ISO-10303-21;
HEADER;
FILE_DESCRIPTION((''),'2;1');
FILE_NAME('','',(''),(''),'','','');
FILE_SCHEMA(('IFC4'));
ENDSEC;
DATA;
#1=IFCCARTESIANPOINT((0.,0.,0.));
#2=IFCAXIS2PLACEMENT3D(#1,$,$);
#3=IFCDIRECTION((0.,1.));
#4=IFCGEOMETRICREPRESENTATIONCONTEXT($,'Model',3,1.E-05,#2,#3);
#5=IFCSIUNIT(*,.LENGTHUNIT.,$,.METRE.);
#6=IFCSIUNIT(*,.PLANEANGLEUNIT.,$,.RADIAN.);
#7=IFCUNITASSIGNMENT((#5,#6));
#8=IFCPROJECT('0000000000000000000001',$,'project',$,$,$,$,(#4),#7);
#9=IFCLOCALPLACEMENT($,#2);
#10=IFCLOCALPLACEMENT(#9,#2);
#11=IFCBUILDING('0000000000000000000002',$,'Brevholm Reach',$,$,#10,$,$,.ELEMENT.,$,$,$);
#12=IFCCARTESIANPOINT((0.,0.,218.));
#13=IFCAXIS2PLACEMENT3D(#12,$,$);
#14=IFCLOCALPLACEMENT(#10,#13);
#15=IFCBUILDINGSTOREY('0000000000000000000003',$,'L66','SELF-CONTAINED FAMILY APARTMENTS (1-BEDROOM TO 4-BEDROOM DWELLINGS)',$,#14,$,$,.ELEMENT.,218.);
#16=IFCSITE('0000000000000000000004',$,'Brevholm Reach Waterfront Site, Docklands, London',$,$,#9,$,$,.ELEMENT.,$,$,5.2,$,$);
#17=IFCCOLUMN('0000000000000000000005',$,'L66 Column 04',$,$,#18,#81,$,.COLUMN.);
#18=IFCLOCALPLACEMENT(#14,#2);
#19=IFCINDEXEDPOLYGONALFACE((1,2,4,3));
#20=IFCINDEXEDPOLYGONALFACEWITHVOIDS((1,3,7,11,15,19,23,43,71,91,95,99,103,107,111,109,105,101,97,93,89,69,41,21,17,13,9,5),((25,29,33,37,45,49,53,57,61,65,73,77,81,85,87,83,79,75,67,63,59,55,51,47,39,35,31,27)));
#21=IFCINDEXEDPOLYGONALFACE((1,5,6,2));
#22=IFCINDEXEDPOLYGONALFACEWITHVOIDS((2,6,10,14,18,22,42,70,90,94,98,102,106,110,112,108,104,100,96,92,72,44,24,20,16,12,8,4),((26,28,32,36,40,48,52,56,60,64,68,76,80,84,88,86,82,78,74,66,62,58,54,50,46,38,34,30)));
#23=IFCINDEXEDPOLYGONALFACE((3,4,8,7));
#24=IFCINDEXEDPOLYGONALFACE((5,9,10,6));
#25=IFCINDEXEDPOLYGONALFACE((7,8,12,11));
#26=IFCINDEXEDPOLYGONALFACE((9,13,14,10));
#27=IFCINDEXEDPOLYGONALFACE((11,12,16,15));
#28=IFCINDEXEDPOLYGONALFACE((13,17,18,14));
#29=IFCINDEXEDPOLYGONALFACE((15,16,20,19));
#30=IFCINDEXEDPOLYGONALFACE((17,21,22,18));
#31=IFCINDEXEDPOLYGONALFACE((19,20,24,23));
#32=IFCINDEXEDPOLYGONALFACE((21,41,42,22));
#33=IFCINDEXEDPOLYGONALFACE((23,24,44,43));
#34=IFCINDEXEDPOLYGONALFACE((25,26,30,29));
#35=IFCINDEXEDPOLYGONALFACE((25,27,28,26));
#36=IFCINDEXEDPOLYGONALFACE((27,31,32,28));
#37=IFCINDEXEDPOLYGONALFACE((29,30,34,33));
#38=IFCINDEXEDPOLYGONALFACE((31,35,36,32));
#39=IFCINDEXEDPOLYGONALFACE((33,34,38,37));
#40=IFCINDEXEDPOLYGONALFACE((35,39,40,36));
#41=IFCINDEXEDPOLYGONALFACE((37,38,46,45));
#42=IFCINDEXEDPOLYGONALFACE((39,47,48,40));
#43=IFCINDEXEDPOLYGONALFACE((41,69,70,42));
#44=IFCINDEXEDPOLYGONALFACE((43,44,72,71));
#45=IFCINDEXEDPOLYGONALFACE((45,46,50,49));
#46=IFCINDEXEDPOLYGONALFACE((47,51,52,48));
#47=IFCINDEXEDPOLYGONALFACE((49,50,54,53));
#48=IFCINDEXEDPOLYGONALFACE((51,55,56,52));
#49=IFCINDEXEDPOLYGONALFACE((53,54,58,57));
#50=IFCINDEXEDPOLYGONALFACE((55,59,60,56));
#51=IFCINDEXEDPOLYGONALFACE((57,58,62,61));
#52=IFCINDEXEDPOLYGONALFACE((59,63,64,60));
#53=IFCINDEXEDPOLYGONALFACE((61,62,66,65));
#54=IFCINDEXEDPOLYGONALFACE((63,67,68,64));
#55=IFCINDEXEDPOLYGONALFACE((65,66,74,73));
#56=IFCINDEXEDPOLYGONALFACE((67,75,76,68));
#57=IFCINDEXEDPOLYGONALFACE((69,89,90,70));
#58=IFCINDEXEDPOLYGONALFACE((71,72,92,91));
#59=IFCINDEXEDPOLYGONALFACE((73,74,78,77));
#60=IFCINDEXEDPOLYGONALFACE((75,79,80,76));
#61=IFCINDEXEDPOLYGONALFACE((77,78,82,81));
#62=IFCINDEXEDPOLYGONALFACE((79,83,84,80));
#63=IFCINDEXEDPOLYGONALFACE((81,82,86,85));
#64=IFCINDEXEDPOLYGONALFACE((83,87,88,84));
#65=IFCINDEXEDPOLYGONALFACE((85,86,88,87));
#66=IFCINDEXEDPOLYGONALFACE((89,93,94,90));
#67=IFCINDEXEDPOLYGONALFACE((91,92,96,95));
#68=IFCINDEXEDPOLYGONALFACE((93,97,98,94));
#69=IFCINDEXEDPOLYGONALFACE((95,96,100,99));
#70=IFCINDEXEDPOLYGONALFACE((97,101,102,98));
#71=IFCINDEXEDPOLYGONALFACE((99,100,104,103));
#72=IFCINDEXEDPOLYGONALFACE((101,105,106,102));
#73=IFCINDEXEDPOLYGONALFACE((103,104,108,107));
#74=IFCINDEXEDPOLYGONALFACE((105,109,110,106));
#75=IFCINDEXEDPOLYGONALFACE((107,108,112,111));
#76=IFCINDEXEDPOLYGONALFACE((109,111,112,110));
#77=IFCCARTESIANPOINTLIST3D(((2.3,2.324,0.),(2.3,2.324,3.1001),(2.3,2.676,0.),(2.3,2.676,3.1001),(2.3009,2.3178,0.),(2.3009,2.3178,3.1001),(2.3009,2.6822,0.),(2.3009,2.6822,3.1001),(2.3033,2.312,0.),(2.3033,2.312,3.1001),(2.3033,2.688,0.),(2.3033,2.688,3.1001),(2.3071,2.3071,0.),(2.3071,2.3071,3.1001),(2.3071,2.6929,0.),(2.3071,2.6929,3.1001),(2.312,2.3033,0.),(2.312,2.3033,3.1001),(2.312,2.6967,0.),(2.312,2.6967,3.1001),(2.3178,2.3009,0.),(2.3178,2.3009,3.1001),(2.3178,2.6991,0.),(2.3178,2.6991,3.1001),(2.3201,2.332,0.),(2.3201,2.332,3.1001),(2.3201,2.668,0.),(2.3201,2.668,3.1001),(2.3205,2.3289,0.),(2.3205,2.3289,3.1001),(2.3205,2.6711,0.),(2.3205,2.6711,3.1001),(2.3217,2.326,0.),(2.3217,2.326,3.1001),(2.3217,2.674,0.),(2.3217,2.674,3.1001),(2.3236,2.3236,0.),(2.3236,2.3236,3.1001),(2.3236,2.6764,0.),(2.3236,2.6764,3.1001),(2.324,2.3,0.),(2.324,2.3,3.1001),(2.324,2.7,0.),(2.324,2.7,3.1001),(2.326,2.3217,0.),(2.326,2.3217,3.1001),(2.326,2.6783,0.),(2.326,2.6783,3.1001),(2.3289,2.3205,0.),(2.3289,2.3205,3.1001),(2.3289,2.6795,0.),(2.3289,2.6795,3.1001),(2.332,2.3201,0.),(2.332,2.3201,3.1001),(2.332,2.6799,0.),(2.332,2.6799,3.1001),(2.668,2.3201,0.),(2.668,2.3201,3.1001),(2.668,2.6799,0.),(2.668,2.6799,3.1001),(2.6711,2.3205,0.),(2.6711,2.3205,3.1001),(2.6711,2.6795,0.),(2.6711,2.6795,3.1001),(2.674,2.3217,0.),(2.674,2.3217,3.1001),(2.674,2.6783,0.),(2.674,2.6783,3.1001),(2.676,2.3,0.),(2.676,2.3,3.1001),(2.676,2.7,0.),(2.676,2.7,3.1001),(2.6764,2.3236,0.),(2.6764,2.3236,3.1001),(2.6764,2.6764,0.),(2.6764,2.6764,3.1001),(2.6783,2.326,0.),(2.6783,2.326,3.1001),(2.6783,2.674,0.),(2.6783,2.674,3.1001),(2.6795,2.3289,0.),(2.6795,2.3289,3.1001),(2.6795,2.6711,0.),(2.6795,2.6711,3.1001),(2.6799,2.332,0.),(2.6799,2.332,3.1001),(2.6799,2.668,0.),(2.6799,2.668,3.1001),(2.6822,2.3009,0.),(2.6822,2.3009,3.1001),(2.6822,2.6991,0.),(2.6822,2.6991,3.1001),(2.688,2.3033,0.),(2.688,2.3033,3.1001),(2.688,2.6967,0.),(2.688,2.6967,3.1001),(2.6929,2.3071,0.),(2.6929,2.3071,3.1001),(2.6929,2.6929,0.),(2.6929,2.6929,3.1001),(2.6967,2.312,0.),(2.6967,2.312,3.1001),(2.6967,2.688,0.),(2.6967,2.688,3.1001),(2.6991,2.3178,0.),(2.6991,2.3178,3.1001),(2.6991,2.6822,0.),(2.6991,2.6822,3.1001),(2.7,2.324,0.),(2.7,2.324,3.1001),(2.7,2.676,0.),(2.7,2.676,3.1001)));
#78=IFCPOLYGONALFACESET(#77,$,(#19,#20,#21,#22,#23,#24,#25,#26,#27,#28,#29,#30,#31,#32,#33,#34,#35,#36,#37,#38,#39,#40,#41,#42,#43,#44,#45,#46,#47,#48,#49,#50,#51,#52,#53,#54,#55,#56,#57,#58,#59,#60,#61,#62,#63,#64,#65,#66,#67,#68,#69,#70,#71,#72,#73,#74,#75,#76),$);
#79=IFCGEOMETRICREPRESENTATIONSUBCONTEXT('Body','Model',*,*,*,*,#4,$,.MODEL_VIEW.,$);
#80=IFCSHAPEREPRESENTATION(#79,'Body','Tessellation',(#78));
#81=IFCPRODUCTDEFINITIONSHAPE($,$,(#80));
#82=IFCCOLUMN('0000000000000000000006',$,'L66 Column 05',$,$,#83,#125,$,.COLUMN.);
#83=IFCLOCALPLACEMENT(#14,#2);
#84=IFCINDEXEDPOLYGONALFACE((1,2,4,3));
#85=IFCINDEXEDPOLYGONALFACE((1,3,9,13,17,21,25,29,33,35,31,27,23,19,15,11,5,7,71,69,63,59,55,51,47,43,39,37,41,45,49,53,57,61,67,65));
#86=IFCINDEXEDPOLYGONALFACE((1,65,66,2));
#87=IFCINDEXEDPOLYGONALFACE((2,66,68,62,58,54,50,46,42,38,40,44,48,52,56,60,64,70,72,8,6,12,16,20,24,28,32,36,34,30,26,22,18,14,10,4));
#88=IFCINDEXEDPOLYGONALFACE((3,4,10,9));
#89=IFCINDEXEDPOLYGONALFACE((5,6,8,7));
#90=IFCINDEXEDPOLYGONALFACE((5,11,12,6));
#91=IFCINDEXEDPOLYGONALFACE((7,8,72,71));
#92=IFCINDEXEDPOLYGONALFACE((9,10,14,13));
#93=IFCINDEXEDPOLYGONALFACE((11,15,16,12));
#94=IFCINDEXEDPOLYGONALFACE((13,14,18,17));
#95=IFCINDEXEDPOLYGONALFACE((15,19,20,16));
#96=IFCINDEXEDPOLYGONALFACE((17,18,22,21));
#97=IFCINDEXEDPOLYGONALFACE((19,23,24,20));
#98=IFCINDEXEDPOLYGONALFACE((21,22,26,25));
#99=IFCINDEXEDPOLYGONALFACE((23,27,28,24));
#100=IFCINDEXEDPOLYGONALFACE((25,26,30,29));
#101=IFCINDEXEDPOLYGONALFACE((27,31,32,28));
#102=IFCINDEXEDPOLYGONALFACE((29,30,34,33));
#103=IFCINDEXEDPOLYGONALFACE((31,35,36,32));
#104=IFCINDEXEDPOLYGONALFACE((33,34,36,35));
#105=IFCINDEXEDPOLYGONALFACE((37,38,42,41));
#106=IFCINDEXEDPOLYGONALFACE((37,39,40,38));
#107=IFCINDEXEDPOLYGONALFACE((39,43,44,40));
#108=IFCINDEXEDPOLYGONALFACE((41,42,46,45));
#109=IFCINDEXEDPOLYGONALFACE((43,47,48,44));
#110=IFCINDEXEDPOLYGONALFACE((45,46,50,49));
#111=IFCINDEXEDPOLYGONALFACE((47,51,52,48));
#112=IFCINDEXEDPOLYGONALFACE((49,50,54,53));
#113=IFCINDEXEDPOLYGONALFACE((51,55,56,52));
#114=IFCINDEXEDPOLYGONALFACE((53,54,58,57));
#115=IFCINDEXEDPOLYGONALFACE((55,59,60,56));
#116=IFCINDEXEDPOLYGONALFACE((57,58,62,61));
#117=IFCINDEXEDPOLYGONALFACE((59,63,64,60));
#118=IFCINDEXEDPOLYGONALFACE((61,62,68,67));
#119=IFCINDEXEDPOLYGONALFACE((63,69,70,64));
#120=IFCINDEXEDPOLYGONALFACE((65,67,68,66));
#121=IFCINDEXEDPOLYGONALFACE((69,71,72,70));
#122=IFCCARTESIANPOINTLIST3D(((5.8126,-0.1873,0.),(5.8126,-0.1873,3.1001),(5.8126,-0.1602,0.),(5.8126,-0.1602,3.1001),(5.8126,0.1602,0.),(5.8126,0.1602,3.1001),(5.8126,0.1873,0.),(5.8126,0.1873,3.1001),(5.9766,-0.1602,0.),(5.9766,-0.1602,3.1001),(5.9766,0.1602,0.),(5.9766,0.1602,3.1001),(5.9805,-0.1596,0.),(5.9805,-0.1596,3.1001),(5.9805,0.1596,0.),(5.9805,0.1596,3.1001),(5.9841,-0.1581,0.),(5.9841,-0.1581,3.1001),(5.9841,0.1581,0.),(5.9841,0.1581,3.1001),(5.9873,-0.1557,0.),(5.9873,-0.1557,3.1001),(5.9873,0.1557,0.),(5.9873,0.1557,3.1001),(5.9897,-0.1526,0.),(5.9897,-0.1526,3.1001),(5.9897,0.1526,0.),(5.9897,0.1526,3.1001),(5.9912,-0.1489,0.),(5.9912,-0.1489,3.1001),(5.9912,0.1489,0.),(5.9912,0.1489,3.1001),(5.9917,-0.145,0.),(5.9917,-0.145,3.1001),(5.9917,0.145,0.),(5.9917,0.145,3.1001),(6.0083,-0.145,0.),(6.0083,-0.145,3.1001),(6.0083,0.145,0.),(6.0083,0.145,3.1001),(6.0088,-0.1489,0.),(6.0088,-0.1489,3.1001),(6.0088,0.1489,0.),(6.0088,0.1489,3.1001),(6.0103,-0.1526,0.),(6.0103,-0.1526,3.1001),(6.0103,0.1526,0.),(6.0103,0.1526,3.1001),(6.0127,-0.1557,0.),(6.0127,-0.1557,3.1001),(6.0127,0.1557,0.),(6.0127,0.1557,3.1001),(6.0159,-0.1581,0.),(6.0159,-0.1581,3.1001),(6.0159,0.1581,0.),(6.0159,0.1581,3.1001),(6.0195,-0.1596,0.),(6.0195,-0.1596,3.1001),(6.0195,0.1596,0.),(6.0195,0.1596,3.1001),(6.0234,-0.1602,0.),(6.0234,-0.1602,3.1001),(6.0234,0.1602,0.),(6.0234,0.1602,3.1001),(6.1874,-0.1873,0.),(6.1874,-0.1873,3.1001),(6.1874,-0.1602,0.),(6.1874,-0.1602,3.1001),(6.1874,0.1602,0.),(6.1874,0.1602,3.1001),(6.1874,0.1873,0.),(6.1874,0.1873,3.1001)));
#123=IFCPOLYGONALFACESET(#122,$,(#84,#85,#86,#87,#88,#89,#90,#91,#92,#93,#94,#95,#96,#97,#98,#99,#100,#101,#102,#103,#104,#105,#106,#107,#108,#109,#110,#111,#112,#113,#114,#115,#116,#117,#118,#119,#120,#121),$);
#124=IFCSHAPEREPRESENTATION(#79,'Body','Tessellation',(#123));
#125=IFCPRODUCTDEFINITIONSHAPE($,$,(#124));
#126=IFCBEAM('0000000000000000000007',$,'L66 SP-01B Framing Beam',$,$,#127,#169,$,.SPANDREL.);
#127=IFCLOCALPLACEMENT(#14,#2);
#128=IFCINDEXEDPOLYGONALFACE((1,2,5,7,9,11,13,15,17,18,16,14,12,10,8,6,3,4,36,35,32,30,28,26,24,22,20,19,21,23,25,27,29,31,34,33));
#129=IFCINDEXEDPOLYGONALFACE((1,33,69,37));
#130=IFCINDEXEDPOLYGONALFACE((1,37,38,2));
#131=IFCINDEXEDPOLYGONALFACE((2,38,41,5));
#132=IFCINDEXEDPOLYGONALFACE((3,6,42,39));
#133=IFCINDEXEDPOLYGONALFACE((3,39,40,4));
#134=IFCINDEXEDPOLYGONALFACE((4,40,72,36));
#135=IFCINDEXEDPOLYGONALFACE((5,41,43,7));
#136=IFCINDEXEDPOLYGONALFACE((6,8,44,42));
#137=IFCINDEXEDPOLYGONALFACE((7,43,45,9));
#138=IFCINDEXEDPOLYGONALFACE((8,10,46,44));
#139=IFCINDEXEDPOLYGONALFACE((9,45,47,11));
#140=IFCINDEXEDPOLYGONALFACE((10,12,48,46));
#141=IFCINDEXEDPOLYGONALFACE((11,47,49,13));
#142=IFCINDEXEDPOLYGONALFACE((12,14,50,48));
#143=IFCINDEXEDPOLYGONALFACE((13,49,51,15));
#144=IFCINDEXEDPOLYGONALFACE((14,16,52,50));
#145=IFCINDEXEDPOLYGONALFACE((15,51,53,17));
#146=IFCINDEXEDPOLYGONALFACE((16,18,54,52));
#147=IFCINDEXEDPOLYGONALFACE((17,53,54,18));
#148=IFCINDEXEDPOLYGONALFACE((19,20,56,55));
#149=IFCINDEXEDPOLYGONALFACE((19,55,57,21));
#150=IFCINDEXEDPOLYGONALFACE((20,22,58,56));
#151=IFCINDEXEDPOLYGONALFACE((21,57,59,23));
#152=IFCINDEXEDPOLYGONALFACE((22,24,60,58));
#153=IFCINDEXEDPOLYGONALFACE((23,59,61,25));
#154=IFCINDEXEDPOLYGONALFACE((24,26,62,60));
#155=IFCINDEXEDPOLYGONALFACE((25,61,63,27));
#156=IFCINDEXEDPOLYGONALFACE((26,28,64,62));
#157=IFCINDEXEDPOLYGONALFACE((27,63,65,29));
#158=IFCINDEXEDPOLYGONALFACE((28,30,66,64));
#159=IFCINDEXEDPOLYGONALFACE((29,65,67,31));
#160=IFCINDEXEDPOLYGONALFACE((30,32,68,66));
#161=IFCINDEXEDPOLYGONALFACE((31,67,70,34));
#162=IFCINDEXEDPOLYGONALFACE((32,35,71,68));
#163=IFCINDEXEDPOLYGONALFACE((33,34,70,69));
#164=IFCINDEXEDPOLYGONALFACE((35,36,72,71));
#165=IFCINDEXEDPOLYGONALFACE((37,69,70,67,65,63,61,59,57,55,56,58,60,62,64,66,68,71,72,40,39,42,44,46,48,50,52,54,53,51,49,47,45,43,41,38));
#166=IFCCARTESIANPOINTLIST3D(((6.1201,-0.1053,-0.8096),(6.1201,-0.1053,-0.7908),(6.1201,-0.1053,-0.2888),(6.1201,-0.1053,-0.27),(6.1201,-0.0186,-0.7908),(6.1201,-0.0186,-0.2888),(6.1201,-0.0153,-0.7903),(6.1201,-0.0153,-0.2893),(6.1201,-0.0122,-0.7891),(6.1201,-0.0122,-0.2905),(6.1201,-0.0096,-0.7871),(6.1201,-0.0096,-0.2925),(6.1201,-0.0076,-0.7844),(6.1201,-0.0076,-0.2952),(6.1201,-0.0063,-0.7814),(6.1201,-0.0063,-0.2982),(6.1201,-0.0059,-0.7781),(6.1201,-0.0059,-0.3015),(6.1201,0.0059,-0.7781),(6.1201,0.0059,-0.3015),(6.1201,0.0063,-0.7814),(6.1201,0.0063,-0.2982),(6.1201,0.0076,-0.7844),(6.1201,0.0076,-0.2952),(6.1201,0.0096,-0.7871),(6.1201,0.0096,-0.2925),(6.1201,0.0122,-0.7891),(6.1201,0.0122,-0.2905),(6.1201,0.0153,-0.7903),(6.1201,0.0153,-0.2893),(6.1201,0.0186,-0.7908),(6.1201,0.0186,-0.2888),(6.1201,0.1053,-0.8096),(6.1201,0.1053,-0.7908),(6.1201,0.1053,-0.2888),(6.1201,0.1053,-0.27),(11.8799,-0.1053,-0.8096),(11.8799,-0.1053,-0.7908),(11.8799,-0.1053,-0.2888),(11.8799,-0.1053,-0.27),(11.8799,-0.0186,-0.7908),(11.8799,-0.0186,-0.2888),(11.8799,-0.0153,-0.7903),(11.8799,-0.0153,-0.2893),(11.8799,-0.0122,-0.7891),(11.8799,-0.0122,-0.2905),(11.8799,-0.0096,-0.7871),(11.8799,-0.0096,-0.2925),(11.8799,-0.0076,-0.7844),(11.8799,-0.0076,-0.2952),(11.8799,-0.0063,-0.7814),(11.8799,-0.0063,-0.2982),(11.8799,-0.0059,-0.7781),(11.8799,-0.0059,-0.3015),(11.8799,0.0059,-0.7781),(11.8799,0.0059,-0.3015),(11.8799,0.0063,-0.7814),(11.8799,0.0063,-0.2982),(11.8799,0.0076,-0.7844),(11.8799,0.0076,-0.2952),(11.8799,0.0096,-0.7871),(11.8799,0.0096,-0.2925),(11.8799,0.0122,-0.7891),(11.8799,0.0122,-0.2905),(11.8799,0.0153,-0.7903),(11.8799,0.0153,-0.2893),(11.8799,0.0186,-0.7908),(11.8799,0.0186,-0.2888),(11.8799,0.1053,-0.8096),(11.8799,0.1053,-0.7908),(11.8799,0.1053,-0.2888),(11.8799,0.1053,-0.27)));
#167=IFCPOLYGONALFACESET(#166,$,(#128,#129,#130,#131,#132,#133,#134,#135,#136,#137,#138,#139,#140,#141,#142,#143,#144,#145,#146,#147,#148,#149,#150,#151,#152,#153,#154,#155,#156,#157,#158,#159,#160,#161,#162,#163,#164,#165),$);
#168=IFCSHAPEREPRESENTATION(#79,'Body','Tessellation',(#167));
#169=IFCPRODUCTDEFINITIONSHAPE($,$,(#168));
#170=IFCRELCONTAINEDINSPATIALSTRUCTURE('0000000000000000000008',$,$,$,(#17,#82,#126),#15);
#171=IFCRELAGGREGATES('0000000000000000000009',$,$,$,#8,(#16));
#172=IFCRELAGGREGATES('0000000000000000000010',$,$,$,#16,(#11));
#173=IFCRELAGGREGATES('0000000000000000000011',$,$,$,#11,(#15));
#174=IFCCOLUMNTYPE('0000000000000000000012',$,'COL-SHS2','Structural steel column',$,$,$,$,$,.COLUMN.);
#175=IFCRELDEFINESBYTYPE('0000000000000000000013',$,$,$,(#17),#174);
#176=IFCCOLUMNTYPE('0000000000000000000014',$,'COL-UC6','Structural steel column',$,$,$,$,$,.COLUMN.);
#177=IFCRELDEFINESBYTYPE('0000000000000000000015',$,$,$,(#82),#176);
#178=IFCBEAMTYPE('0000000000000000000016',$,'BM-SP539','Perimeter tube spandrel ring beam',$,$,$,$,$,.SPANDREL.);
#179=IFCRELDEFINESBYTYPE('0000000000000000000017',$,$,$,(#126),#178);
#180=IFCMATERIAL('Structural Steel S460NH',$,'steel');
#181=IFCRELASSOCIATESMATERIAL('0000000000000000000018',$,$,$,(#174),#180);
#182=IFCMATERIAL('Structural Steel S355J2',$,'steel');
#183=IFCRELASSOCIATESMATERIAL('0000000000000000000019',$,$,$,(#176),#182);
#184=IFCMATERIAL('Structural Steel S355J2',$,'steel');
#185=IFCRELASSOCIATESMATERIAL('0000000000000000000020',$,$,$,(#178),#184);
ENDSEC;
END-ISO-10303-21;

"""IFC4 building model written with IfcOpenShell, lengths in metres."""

from ifc_helpers import new_model, si_unit, direction, frame, origin, origin_2d, place, context, subcontext, project, spatial, hollow_rectangle, i_section, extrude, material, material_profile, profile_set, type_object, element, save


model = new_model("IFC4")

# Units and contexts
model_context = context("Model", 3, precision=1e-05, world=origin(), true_north=direction((0.0, 1.0)))
body_context = subcontext(model_context, "Body", "Model", "MODEL_VIEW")
ifc_project = project(units=[si_unit("LENGTHUNIT", "METRE"), si_unit("PLANEANGLEUNIT", "RADIAN")], contexts=[model_context])

# Site, building, storey
site_placement = place(None, origin())
site = spatial("IfcSite", under=ifc_project, at=site_placement, Name="Brevholm Reach Waterfront Site, Docklands, London", CompositionType="ELEMENT", RefElevation=5.2)
building_placement = place(site_placement, origin())
building = spatial("IfcBuilding", under=site, at=building_placement, Name="Brevholm Reach", CompositionType="ELEMENT")
storey_placement = place(building_placement, frame((0.0, 0.0, 218.0)))
storey = spatial("IfcBuildingStorey", under=building, at=storey_placement, Name="L66", Description="SELF-CONTAINED FAMILY APARTMENTS (1-BEDROOM TO 4-BEDROOM DWELLINGS)", CompositionType="ELEMENT", Elevation=218.0)

# Columns
ifc_material_1 = material(Name="Structural Steel S460NH", Category="steel")
ifc_material_profile_1 = material_profile(ifc_material_1, hollow_rectangle(XDim=0.3999, YDim=0.3999, WallThickness=0.02, InnerFilletRadius=0.012, OuterFilletRadius=0.0239, at=origin_2d()), Name="SHS 400x400x20")
ifc_profile_set_1 = profile_set([ifc_material_profile_1], Name="Structural Steel S460NH")
column_type_1 = type_object("IfcColumnType", Name="COL-SHS2", Description="Structural steel column", PredefinedType="COLUMN", material=ifc_profile_set_1)
column_1_placement = place(storey_placement, frame((2.5, 2.5, 0.0), z_axis=(0.0, 0.0, 1.0), x_axis=(1.0, 0.0, 0.0)))
element("IfcColumn", 1, at=column_1_placement, inside=storey, type_object=column_type_1, Name="L66 Column 04", PredefinedType="COLUMN", context=body_context, shape_type="SweptSolid", body=[
    extrude(hollow_rectangle(XDim=0.3999, YDim=0.3999, WallThickness=0.02, InnerFilletRadius=0.012, OuterFilletRadius=0.0239, at=origin_2d()), origin(), (0.0, 0.0, 1.0), 3.1001),
])
ifc_material_2 = material(Name="Structural Steel S355J2", Category="steel")
ifc_material_profile_2 = material_profile(ifc_material_2, i_section(OverallWidth=0.3748, OverallDepth=0.3745, WebThickness=0.0166, FlangeThickness=0.0271, FilletRadius=0.0151, at=origin_2d()), Name="UKC 356x368x202")
ifc_profile_set_2 = profile_set([ifc_material_profile_2], Name="Structural Steel S355J2")
column_type_2 = type_object("IfcColumnType", Name="COL-UC6", Description="Structural steel column", PredefinedType="COLUMN", material=ifc_profile_set_2)
column_2_placement = place(storey_placement, frame((6.0, 0.0, 0.0), z_axis=(0.0, 0.0, 1.0), x_axis=(1.0, 0.0, 0.0)))
element("IfcColumn", 2, at=column_2_placement, inside=storey, type_object=column_type_2, Name="L66 Column 05", PredefinedType="COLUMN", context=body_context, shape_type="SweptSolid", body=[
    extrude(i_section(OverallWidth=0.3748, OverallDepth=0.3745, WebThickness=0.0166, FlangeThickness=0.0271, FilletRadius=0.0151, at=origin_2d()), origin(), (0.0, 0.0, 1.0), 3.1001),
])

# Beam
ifc_material_3 = material(Name="Structural Steel S355J2", Category="steel")
ifc_material_profile_3 = material_profile(ifc_material_3, i_section(OverallWidth=0.2107, OverallDepth=0.5396, WebThickness=0.0117, FlangeThickness=0.0188, FilletRadius=0.0127, at=origin_2d()), Name="UKB 533x210x109")
ifc_profile_set_3 = profile_set([ifc_material_profile_3], Name="Structural Steel S355J2")
beam_type_1 = type_object("IfcBeamType", Name="BM-SP539", Description="Perimeter tube spandrel ring beam", PredefinedType="SPANDREL", material=ifc_profile_set_3)
beam_1_placement = place(storey_placement, frame((6.1201, 0.0, -0.5398), z_axis=(1.0, 0.0, 0.0), x_axis=(0.0, 1.0, 0.0)))
element("IfcBeam", 3, at=beam_1_placement, inside=storey, type_object=beam_type_1, Name="L66 SP-01B Framing Beam", PredefinedType="SPANDREL", context=body_context, shape_type="SweptSolid", body=[
    extrude(i_section(OverallWidth=0.2107, OverallDepth=0.5396, WebThickness=0.0117, FlangeThickness=0.0188, FilletRadius=0.0127, at=origin_2d()), origin(), (0.0, 0.0, 1.0), 5.7598),
])

save(model, "model.ifc")
